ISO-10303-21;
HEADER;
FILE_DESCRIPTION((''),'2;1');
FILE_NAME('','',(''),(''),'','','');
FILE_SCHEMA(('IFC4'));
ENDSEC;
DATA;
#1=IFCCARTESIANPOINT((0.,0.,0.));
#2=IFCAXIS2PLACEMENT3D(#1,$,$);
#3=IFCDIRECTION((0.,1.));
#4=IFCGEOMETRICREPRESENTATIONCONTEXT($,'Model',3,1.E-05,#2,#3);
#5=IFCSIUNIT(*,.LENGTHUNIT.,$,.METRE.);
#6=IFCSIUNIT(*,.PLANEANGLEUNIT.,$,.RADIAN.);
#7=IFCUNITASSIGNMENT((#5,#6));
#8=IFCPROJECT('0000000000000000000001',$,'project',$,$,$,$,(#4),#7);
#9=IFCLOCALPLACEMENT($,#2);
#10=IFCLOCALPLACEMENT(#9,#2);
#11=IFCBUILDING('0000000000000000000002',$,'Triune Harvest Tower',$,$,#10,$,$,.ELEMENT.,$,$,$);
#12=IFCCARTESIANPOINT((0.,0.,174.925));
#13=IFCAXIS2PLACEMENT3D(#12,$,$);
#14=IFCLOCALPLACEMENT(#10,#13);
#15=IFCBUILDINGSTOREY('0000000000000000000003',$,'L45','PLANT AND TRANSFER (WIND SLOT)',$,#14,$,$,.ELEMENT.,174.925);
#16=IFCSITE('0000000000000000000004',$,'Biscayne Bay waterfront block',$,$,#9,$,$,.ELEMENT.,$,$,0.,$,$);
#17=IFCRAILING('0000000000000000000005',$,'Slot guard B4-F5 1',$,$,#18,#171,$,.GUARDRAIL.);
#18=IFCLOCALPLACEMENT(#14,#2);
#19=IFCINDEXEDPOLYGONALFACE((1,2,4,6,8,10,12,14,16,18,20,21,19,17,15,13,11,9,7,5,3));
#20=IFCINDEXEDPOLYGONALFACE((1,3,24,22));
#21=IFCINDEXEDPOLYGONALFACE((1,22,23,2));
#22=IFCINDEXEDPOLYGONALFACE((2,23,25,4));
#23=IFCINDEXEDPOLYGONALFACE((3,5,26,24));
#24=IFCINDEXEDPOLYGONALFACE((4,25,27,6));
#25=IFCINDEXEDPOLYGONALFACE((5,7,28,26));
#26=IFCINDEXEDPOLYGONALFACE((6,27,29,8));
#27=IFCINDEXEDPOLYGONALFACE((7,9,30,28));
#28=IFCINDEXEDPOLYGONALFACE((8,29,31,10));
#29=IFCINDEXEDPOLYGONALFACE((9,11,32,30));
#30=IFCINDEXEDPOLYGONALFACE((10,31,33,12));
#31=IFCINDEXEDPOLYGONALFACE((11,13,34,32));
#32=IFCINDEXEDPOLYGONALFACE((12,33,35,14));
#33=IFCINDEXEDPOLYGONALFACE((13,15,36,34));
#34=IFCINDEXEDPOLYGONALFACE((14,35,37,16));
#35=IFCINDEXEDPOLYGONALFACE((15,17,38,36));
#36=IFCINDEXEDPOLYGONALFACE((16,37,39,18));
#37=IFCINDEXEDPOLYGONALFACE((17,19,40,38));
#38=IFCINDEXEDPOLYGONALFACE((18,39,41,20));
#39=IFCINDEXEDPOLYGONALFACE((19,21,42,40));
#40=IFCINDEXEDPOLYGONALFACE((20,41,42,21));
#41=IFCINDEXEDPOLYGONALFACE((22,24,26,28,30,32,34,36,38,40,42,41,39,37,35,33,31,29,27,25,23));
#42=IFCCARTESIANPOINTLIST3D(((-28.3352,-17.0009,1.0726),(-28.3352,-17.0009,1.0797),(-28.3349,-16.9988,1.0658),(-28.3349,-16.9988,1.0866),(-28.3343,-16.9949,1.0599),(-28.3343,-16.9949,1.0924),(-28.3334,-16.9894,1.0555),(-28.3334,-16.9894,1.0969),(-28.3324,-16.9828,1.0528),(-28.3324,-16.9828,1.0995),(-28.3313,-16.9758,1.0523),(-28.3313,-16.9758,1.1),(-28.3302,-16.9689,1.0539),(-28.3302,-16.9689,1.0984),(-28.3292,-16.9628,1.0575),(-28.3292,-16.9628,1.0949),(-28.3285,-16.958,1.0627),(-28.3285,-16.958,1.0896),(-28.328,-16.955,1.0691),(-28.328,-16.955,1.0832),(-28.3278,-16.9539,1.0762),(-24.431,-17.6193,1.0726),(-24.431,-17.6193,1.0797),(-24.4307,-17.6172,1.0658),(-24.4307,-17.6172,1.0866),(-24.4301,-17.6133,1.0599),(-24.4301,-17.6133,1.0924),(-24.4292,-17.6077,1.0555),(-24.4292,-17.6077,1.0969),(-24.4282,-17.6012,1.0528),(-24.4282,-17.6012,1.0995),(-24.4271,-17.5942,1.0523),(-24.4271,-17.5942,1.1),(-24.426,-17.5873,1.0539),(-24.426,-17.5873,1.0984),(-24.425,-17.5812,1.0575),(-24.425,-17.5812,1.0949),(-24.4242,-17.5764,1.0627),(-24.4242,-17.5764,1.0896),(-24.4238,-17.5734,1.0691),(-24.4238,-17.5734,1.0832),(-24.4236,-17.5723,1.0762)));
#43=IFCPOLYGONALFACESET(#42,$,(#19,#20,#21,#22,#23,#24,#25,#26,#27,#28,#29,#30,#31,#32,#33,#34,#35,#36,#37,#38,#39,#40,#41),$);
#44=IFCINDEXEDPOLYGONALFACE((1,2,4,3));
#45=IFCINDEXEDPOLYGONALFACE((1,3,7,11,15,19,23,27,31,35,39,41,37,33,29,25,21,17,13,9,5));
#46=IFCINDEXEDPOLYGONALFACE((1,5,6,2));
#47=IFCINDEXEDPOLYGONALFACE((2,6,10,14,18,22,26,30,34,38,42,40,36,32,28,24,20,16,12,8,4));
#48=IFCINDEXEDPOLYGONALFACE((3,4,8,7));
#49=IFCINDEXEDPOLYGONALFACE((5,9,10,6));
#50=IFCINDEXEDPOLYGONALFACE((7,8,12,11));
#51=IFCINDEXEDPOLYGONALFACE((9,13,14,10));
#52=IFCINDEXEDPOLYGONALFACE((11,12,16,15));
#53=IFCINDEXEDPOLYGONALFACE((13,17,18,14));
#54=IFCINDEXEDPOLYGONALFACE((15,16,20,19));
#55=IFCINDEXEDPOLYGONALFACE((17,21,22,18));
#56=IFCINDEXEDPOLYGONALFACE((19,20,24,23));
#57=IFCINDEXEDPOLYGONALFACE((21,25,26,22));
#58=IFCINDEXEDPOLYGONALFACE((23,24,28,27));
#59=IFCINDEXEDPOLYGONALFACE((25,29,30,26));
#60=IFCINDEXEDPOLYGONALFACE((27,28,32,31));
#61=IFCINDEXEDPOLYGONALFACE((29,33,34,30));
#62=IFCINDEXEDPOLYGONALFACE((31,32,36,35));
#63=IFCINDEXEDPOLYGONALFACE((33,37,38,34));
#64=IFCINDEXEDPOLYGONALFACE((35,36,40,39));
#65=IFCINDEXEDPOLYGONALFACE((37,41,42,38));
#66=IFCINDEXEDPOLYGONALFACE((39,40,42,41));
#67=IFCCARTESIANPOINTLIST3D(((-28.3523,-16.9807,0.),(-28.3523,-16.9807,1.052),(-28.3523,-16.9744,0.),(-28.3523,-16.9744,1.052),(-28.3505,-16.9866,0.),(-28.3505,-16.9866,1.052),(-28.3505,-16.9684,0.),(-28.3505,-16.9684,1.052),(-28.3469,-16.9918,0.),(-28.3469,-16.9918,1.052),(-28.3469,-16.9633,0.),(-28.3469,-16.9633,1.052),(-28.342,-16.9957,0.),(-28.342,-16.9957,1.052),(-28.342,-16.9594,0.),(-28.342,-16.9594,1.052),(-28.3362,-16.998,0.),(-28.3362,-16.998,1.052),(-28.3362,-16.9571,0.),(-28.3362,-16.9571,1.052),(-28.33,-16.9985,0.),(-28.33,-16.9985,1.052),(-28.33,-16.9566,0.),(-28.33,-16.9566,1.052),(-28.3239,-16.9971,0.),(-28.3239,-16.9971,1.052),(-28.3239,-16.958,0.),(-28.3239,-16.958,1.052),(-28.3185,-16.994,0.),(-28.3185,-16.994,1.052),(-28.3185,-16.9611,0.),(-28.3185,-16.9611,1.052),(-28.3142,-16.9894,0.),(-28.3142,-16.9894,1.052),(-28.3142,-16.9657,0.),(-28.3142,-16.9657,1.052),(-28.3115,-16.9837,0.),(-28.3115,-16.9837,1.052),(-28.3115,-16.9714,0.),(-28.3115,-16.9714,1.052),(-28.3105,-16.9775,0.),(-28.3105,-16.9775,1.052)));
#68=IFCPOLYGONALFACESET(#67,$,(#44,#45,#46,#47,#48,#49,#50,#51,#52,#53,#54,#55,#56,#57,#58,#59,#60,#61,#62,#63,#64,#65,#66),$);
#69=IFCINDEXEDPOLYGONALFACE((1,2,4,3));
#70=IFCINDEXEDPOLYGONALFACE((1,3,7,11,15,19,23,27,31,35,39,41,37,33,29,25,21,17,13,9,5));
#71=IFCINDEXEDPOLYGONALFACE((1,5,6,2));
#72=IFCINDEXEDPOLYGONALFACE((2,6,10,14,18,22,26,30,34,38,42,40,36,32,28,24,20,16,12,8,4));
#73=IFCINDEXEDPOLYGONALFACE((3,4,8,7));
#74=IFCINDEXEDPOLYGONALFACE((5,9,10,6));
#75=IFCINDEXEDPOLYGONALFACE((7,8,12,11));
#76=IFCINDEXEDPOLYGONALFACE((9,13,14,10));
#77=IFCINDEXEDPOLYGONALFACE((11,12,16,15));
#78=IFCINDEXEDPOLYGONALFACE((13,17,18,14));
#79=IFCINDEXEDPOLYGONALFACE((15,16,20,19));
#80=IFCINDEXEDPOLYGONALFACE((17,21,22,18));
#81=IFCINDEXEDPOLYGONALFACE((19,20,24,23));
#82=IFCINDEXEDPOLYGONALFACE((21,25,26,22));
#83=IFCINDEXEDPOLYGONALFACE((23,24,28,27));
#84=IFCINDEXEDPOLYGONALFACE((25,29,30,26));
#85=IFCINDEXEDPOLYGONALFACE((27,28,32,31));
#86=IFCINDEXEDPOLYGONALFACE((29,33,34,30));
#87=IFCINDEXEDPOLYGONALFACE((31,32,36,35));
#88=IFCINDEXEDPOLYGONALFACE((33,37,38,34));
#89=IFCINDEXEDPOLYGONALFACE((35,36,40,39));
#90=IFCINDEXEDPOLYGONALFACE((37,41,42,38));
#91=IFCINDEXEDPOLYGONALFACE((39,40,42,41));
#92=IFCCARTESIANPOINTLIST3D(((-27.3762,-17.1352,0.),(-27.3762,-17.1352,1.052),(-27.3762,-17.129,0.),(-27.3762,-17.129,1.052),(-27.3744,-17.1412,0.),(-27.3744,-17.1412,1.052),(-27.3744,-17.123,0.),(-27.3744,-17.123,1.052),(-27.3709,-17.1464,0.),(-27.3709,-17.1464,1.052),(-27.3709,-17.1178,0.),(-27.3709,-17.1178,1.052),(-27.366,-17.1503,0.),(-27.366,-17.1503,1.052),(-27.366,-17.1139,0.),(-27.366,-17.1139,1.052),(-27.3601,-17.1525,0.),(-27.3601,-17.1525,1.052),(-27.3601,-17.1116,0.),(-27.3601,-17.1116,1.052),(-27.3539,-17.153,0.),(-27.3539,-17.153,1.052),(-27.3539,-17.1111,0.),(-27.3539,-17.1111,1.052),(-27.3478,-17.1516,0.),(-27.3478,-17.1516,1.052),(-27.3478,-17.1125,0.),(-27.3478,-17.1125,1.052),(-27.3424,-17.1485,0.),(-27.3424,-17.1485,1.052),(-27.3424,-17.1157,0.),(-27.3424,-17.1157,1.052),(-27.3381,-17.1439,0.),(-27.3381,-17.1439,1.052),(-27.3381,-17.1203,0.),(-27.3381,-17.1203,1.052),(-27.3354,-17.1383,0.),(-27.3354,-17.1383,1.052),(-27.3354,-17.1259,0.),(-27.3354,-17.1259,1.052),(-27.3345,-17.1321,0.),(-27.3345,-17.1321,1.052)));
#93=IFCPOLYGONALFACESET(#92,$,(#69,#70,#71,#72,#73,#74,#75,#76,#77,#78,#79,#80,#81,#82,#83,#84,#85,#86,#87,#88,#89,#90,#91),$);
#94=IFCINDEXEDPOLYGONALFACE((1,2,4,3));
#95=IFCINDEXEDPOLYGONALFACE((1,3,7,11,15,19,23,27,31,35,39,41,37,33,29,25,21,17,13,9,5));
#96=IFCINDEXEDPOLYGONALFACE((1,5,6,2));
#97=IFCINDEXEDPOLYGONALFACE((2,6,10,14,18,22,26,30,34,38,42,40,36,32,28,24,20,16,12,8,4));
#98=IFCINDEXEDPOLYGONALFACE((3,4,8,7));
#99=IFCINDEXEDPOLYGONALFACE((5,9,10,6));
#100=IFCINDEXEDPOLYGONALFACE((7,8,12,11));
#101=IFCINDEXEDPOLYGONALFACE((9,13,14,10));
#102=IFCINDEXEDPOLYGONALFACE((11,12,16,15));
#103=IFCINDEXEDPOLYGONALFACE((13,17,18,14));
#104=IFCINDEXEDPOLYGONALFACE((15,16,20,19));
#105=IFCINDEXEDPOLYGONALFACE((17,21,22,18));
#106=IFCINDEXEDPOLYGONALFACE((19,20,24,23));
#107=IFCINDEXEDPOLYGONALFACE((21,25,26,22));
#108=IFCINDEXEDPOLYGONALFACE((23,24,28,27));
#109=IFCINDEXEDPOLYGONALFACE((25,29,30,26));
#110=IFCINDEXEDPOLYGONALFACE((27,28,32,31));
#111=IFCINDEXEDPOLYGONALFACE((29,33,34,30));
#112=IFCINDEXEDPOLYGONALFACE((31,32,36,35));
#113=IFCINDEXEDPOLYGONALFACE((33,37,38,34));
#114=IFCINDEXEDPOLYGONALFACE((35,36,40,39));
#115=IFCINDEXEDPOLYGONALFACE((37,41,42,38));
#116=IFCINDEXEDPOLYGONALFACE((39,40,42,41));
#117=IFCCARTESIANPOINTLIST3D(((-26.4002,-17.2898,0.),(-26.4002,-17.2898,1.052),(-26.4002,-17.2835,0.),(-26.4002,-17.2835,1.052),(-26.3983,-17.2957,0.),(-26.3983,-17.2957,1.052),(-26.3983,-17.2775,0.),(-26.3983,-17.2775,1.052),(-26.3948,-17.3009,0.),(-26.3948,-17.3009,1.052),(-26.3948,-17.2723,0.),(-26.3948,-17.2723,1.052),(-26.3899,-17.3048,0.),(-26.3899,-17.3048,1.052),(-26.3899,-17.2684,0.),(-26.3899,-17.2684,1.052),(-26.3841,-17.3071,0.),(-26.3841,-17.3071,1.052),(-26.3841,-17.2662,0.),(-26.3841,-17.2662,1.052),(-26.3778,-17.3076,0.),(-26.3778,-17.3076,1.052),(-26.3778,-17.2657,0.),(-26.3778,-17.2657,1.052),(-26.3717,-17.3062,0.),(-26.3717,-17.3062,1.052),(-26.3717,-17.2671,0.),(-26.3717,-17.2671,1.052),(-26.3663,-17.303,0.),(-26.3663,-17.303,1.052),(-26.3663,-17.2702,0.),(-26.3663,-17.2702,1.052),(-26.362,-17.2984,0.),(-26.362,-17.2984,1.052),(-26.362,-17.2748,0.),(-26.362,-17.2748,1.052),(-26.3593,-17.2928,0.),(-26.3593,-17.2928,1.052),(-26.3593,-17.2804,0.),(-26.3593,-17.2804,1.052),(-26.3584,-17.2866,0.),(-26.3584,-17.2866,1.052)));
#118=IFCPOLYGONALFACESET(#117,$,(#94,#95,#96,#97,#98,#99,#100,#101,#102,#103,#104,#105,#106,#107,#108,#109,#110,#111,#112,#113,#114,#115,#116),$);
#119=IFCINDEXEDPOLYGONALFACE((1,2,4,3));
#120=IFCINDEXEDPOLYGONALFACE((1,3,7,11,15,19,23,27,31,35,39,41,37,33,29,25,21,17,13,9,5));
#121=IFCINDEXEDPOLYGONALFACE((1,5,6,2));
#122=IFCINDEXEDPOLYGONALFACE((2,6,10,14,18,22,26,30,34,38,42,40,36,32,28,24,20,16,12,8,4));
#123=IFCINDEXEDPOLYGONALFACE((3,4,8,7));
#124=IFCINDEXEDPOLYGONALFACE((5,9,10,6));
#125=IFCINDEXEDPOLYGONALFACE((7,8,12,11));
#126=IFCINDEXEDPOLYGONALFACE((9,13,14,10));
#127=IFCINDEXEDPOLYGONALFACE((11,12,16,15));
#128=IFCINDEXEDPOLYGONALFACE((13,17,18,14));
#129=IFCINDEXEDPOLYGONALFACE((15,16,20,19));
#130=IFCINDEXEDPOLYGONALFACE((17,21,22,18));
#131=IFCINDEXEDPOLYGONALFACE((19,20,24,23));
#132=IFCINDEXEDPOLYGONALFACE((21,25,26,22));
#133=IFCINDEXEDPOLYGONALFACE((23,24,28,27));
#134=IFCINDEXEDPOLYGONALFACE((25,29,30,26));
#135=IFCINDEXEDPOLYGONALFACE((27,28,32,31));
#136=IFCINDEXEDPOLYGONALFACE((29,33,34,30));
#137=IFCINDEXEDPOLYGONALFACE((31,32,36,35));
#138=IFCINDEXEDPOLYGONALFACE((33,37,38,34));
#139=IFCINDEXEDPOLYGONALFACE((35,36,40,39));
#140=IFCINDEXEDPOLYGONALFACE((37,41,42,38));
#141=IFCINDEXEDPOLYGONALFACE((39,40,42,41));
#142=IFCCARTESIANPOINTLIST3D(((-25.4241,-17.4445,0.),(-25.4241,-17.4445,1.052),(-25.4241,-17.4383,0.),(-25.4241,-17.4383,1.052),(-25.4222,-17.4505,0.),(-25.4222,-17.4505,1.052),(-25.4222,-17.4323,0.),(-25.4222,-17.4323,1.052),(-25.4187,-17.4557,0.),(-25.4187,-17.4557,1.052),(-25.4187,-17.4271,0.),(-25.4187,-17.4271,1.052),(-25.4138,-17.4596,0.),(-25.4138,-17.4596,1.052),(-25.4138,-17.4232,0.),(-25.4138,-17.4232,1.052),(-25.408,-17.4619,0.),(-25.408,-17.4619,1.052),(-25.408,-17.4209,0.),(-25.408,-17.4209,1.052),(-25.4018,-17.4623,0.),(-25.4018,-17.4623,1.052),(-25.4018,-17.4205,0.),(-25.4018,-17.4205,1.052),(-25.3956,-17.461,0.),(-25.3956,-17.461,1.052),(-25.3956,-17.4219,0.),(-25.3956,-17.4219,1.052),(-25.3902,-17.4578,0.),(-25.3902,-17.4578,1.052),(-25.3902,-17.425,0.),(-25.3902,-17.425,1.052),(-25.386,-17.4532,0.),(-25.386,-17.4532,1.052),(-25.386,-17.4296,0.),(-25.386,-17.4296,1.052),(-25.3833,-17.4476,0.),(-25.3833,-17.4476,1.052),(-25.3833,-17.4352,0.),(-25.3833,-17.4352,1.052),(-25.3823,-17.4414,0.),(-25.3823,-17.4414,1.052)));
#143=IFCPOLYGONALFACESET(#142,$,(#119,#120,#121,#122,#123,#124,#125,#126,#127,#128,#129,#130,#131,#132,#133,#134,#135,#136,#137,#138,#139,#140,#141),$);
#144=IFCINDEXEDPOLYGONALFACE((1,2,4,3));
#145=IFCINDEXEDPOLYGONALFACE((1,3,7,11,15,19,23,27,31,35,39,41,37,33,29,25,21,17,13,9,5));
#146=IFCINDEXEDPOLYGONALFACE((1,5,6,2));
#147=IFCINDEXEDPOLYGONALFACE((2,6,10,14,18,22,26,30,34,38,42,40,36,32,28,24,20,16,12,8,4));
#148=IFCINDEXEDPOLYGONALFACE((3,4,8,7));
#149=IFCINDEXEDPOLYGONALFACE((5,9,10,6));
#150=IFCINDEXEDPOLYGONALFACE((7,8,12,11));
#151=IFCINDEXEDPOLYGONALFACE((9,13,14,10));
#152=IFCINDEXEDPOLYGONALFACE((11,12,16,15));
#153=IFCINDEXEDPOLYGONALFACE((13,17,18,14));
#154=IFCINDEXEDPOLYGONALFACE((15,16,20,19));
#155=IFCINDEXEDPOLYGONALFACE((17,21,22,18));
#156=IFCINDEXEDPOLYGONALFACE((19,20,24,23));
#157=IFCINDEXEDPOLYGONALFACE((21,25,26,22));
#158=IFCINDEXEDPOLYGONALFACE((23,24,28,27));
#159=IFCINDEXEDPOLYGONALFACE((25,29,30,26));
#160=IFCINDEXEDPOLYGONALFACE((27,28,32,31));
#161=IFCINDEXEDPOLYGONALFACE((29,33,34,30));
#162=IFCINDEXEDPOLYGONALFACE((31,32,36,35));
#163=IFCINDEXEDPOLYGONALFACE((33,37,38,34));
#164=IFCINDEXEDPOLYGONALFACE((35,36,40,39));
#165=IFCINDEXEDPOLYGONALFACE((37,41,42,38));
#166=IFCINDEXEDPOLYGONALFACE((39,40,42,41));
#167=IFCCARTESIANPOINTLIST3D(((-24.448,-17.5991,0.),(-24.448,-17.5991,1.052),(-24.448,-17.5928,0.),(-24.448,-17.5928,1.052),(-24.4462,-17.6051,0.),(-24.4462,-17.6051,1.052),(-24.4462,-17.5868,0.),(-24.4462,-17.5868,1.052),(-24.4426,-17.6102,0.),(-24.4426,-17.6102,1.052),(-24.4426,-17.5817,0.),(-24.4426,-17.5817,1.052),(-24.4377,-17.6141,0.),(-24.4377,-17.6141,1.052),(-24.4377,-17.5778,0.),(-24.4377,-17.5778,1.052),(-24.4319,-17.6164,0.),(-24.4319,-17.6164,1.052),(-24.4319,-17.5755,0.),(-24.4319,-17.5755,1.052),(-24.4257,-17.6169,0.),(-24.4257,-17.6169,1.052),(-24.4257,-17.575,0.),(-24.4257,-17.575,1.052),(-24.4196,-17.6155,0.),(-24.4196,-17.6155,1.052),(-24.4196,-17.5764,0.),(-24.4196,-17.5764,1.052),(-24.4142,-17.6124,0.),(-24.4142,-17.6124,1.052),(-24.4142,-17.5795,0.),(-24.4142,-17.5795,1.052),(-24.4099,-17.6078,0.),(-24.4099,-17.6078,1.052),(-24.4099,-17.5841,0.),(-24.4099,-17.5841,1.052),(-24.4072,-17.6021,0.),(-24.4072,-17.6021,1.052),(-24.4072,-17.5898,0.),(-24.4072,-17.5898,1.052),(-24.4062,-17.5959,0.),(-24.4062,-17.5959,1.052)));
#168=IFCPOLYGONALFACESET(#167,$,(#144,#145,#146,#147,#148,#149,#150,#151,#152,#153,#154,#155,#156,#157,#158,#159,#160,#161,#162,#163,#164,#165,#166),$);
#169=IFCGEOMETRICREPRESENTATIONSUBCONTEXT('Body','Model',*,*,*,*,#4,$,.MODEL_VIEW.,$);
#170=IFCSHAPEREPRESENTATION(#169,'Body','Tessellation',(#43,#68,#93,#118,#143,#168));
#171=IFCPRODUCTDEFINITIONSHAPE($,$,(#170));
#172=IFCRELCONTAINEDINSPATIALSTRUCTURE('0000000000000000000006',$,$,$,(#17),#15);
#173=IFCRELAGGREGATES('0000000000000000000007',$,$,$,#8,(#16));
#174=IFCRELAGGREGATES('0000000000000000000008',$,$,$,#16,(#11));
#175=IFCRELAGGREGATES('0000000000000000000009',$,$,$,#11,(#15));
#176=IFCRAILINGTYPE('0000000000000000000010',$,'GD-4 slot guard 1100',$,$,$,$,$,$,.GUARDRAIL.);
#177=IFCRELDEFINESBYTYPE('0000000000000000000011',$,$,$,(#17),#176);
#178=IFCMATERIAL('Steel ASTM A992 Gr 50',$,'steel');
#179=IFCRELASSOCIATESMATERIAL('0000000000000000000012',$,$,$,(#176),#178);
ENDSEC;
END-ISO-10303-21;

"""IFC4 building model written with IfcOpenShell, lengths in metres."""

from ifc_helpers import new_model, si_unit, direction, frame, origin, origin_2d, place, context, subcontext, project, spatial, circle, extrude, material, type_object, element, save


model = new_model("IFC4")

# Units and contexts
model_context = context("Model", 3, precision=1e-05, world=origin(), true_north=direction((0.0, 1.0)))
body_context = subcontext(model_context, "Body", "Model", "MODEL_VIEW")
ifc_project = project(units=[si_unit("LENGTHUNIT", "METRE"), si_unit("PLANEANGLEUNIT", "RADIAN")], contexts=[model_context])

# Site, building, storey
site_placement = place(None, origin())
site = spatial("IfcSite", under=ifc_project, at=site_placement, Name="Biscayne Bay waterfront block", CompositionType="ELEMENT", RefElevation=0.0)
building_placement = place(site_placement, origin())
building = spatial("IfcBuilding", under=site, at=building_placement, Name="Triune Harvest Tower", CompositionType="ELEMENT")
storey_placement = place(building_placement, frame((0.0, 0.0, 174.925)))
storey = spatial("IfcBuildingStorey", under=building, at=storey_placement, Name="L45", Description="PLANT AND TRANSFER (WIND SLOT)", CompositionType="ELEMENT", Elevation=174.925)

# Railing
ifc_material_1 = material(Name="Steel ASTM A992 Gr 50", Category="steel")
railing_type = type_object("IfcRailingType", Name="GD-4 slot guard 1100", PredefinedType="GUARDRAIL", material=ifc_material_1)
railing_1_placement = place(storey_placement, frame((-28.3315, -16.9775, 0.0)))
element("IfcRailing", 1, at=railing_1_placement, inside=storey, type_object=railing_type, Name="Slot guard B4-F5 1", PredefinedType="GUARDRAIL", context=body_context, shape_type="SweptSolid", body=[
    extrude(circle(Radius=0.0239, at=origin_2d()), frame((0.0, 0.0, 1.0762), z_axis=(0.987687, -0.156441, 0.0), x_axis=(0.156441, 0.987687, 0.0)), (0.0, 0.0, 1.0), 3.9529),
    extrude(circle(Radius=0.021, at=origin_2d()), origin(), (0.0, 0.0, 1.0), 1.052),
    extrude(circle(Radius=0.021, at=origin_2d()), frame((0.9761, -0.1545, 0.0)), (0.0, 0.0, 1.0), 1.052),
    extrude(circle(Radius=0.021, at=origin_2d()), frame((1.9521, -0.3091, 0.0)), (0.0, 0.0, 1.0), 1.052),
    extrude(circle(Radius=0.021, at=origin_2d()), frame((2.9282, -0.4639, 0.0)), (0.0, 0.0, 1.0), 1.052),
    extrude(circle(Radius=0.021, at=origin_2d()), frame((3.9043, -0.6184, 0.0)), (0.0, 0.0, 1.0), 1.052),
])

save(model, "model.ifc")
